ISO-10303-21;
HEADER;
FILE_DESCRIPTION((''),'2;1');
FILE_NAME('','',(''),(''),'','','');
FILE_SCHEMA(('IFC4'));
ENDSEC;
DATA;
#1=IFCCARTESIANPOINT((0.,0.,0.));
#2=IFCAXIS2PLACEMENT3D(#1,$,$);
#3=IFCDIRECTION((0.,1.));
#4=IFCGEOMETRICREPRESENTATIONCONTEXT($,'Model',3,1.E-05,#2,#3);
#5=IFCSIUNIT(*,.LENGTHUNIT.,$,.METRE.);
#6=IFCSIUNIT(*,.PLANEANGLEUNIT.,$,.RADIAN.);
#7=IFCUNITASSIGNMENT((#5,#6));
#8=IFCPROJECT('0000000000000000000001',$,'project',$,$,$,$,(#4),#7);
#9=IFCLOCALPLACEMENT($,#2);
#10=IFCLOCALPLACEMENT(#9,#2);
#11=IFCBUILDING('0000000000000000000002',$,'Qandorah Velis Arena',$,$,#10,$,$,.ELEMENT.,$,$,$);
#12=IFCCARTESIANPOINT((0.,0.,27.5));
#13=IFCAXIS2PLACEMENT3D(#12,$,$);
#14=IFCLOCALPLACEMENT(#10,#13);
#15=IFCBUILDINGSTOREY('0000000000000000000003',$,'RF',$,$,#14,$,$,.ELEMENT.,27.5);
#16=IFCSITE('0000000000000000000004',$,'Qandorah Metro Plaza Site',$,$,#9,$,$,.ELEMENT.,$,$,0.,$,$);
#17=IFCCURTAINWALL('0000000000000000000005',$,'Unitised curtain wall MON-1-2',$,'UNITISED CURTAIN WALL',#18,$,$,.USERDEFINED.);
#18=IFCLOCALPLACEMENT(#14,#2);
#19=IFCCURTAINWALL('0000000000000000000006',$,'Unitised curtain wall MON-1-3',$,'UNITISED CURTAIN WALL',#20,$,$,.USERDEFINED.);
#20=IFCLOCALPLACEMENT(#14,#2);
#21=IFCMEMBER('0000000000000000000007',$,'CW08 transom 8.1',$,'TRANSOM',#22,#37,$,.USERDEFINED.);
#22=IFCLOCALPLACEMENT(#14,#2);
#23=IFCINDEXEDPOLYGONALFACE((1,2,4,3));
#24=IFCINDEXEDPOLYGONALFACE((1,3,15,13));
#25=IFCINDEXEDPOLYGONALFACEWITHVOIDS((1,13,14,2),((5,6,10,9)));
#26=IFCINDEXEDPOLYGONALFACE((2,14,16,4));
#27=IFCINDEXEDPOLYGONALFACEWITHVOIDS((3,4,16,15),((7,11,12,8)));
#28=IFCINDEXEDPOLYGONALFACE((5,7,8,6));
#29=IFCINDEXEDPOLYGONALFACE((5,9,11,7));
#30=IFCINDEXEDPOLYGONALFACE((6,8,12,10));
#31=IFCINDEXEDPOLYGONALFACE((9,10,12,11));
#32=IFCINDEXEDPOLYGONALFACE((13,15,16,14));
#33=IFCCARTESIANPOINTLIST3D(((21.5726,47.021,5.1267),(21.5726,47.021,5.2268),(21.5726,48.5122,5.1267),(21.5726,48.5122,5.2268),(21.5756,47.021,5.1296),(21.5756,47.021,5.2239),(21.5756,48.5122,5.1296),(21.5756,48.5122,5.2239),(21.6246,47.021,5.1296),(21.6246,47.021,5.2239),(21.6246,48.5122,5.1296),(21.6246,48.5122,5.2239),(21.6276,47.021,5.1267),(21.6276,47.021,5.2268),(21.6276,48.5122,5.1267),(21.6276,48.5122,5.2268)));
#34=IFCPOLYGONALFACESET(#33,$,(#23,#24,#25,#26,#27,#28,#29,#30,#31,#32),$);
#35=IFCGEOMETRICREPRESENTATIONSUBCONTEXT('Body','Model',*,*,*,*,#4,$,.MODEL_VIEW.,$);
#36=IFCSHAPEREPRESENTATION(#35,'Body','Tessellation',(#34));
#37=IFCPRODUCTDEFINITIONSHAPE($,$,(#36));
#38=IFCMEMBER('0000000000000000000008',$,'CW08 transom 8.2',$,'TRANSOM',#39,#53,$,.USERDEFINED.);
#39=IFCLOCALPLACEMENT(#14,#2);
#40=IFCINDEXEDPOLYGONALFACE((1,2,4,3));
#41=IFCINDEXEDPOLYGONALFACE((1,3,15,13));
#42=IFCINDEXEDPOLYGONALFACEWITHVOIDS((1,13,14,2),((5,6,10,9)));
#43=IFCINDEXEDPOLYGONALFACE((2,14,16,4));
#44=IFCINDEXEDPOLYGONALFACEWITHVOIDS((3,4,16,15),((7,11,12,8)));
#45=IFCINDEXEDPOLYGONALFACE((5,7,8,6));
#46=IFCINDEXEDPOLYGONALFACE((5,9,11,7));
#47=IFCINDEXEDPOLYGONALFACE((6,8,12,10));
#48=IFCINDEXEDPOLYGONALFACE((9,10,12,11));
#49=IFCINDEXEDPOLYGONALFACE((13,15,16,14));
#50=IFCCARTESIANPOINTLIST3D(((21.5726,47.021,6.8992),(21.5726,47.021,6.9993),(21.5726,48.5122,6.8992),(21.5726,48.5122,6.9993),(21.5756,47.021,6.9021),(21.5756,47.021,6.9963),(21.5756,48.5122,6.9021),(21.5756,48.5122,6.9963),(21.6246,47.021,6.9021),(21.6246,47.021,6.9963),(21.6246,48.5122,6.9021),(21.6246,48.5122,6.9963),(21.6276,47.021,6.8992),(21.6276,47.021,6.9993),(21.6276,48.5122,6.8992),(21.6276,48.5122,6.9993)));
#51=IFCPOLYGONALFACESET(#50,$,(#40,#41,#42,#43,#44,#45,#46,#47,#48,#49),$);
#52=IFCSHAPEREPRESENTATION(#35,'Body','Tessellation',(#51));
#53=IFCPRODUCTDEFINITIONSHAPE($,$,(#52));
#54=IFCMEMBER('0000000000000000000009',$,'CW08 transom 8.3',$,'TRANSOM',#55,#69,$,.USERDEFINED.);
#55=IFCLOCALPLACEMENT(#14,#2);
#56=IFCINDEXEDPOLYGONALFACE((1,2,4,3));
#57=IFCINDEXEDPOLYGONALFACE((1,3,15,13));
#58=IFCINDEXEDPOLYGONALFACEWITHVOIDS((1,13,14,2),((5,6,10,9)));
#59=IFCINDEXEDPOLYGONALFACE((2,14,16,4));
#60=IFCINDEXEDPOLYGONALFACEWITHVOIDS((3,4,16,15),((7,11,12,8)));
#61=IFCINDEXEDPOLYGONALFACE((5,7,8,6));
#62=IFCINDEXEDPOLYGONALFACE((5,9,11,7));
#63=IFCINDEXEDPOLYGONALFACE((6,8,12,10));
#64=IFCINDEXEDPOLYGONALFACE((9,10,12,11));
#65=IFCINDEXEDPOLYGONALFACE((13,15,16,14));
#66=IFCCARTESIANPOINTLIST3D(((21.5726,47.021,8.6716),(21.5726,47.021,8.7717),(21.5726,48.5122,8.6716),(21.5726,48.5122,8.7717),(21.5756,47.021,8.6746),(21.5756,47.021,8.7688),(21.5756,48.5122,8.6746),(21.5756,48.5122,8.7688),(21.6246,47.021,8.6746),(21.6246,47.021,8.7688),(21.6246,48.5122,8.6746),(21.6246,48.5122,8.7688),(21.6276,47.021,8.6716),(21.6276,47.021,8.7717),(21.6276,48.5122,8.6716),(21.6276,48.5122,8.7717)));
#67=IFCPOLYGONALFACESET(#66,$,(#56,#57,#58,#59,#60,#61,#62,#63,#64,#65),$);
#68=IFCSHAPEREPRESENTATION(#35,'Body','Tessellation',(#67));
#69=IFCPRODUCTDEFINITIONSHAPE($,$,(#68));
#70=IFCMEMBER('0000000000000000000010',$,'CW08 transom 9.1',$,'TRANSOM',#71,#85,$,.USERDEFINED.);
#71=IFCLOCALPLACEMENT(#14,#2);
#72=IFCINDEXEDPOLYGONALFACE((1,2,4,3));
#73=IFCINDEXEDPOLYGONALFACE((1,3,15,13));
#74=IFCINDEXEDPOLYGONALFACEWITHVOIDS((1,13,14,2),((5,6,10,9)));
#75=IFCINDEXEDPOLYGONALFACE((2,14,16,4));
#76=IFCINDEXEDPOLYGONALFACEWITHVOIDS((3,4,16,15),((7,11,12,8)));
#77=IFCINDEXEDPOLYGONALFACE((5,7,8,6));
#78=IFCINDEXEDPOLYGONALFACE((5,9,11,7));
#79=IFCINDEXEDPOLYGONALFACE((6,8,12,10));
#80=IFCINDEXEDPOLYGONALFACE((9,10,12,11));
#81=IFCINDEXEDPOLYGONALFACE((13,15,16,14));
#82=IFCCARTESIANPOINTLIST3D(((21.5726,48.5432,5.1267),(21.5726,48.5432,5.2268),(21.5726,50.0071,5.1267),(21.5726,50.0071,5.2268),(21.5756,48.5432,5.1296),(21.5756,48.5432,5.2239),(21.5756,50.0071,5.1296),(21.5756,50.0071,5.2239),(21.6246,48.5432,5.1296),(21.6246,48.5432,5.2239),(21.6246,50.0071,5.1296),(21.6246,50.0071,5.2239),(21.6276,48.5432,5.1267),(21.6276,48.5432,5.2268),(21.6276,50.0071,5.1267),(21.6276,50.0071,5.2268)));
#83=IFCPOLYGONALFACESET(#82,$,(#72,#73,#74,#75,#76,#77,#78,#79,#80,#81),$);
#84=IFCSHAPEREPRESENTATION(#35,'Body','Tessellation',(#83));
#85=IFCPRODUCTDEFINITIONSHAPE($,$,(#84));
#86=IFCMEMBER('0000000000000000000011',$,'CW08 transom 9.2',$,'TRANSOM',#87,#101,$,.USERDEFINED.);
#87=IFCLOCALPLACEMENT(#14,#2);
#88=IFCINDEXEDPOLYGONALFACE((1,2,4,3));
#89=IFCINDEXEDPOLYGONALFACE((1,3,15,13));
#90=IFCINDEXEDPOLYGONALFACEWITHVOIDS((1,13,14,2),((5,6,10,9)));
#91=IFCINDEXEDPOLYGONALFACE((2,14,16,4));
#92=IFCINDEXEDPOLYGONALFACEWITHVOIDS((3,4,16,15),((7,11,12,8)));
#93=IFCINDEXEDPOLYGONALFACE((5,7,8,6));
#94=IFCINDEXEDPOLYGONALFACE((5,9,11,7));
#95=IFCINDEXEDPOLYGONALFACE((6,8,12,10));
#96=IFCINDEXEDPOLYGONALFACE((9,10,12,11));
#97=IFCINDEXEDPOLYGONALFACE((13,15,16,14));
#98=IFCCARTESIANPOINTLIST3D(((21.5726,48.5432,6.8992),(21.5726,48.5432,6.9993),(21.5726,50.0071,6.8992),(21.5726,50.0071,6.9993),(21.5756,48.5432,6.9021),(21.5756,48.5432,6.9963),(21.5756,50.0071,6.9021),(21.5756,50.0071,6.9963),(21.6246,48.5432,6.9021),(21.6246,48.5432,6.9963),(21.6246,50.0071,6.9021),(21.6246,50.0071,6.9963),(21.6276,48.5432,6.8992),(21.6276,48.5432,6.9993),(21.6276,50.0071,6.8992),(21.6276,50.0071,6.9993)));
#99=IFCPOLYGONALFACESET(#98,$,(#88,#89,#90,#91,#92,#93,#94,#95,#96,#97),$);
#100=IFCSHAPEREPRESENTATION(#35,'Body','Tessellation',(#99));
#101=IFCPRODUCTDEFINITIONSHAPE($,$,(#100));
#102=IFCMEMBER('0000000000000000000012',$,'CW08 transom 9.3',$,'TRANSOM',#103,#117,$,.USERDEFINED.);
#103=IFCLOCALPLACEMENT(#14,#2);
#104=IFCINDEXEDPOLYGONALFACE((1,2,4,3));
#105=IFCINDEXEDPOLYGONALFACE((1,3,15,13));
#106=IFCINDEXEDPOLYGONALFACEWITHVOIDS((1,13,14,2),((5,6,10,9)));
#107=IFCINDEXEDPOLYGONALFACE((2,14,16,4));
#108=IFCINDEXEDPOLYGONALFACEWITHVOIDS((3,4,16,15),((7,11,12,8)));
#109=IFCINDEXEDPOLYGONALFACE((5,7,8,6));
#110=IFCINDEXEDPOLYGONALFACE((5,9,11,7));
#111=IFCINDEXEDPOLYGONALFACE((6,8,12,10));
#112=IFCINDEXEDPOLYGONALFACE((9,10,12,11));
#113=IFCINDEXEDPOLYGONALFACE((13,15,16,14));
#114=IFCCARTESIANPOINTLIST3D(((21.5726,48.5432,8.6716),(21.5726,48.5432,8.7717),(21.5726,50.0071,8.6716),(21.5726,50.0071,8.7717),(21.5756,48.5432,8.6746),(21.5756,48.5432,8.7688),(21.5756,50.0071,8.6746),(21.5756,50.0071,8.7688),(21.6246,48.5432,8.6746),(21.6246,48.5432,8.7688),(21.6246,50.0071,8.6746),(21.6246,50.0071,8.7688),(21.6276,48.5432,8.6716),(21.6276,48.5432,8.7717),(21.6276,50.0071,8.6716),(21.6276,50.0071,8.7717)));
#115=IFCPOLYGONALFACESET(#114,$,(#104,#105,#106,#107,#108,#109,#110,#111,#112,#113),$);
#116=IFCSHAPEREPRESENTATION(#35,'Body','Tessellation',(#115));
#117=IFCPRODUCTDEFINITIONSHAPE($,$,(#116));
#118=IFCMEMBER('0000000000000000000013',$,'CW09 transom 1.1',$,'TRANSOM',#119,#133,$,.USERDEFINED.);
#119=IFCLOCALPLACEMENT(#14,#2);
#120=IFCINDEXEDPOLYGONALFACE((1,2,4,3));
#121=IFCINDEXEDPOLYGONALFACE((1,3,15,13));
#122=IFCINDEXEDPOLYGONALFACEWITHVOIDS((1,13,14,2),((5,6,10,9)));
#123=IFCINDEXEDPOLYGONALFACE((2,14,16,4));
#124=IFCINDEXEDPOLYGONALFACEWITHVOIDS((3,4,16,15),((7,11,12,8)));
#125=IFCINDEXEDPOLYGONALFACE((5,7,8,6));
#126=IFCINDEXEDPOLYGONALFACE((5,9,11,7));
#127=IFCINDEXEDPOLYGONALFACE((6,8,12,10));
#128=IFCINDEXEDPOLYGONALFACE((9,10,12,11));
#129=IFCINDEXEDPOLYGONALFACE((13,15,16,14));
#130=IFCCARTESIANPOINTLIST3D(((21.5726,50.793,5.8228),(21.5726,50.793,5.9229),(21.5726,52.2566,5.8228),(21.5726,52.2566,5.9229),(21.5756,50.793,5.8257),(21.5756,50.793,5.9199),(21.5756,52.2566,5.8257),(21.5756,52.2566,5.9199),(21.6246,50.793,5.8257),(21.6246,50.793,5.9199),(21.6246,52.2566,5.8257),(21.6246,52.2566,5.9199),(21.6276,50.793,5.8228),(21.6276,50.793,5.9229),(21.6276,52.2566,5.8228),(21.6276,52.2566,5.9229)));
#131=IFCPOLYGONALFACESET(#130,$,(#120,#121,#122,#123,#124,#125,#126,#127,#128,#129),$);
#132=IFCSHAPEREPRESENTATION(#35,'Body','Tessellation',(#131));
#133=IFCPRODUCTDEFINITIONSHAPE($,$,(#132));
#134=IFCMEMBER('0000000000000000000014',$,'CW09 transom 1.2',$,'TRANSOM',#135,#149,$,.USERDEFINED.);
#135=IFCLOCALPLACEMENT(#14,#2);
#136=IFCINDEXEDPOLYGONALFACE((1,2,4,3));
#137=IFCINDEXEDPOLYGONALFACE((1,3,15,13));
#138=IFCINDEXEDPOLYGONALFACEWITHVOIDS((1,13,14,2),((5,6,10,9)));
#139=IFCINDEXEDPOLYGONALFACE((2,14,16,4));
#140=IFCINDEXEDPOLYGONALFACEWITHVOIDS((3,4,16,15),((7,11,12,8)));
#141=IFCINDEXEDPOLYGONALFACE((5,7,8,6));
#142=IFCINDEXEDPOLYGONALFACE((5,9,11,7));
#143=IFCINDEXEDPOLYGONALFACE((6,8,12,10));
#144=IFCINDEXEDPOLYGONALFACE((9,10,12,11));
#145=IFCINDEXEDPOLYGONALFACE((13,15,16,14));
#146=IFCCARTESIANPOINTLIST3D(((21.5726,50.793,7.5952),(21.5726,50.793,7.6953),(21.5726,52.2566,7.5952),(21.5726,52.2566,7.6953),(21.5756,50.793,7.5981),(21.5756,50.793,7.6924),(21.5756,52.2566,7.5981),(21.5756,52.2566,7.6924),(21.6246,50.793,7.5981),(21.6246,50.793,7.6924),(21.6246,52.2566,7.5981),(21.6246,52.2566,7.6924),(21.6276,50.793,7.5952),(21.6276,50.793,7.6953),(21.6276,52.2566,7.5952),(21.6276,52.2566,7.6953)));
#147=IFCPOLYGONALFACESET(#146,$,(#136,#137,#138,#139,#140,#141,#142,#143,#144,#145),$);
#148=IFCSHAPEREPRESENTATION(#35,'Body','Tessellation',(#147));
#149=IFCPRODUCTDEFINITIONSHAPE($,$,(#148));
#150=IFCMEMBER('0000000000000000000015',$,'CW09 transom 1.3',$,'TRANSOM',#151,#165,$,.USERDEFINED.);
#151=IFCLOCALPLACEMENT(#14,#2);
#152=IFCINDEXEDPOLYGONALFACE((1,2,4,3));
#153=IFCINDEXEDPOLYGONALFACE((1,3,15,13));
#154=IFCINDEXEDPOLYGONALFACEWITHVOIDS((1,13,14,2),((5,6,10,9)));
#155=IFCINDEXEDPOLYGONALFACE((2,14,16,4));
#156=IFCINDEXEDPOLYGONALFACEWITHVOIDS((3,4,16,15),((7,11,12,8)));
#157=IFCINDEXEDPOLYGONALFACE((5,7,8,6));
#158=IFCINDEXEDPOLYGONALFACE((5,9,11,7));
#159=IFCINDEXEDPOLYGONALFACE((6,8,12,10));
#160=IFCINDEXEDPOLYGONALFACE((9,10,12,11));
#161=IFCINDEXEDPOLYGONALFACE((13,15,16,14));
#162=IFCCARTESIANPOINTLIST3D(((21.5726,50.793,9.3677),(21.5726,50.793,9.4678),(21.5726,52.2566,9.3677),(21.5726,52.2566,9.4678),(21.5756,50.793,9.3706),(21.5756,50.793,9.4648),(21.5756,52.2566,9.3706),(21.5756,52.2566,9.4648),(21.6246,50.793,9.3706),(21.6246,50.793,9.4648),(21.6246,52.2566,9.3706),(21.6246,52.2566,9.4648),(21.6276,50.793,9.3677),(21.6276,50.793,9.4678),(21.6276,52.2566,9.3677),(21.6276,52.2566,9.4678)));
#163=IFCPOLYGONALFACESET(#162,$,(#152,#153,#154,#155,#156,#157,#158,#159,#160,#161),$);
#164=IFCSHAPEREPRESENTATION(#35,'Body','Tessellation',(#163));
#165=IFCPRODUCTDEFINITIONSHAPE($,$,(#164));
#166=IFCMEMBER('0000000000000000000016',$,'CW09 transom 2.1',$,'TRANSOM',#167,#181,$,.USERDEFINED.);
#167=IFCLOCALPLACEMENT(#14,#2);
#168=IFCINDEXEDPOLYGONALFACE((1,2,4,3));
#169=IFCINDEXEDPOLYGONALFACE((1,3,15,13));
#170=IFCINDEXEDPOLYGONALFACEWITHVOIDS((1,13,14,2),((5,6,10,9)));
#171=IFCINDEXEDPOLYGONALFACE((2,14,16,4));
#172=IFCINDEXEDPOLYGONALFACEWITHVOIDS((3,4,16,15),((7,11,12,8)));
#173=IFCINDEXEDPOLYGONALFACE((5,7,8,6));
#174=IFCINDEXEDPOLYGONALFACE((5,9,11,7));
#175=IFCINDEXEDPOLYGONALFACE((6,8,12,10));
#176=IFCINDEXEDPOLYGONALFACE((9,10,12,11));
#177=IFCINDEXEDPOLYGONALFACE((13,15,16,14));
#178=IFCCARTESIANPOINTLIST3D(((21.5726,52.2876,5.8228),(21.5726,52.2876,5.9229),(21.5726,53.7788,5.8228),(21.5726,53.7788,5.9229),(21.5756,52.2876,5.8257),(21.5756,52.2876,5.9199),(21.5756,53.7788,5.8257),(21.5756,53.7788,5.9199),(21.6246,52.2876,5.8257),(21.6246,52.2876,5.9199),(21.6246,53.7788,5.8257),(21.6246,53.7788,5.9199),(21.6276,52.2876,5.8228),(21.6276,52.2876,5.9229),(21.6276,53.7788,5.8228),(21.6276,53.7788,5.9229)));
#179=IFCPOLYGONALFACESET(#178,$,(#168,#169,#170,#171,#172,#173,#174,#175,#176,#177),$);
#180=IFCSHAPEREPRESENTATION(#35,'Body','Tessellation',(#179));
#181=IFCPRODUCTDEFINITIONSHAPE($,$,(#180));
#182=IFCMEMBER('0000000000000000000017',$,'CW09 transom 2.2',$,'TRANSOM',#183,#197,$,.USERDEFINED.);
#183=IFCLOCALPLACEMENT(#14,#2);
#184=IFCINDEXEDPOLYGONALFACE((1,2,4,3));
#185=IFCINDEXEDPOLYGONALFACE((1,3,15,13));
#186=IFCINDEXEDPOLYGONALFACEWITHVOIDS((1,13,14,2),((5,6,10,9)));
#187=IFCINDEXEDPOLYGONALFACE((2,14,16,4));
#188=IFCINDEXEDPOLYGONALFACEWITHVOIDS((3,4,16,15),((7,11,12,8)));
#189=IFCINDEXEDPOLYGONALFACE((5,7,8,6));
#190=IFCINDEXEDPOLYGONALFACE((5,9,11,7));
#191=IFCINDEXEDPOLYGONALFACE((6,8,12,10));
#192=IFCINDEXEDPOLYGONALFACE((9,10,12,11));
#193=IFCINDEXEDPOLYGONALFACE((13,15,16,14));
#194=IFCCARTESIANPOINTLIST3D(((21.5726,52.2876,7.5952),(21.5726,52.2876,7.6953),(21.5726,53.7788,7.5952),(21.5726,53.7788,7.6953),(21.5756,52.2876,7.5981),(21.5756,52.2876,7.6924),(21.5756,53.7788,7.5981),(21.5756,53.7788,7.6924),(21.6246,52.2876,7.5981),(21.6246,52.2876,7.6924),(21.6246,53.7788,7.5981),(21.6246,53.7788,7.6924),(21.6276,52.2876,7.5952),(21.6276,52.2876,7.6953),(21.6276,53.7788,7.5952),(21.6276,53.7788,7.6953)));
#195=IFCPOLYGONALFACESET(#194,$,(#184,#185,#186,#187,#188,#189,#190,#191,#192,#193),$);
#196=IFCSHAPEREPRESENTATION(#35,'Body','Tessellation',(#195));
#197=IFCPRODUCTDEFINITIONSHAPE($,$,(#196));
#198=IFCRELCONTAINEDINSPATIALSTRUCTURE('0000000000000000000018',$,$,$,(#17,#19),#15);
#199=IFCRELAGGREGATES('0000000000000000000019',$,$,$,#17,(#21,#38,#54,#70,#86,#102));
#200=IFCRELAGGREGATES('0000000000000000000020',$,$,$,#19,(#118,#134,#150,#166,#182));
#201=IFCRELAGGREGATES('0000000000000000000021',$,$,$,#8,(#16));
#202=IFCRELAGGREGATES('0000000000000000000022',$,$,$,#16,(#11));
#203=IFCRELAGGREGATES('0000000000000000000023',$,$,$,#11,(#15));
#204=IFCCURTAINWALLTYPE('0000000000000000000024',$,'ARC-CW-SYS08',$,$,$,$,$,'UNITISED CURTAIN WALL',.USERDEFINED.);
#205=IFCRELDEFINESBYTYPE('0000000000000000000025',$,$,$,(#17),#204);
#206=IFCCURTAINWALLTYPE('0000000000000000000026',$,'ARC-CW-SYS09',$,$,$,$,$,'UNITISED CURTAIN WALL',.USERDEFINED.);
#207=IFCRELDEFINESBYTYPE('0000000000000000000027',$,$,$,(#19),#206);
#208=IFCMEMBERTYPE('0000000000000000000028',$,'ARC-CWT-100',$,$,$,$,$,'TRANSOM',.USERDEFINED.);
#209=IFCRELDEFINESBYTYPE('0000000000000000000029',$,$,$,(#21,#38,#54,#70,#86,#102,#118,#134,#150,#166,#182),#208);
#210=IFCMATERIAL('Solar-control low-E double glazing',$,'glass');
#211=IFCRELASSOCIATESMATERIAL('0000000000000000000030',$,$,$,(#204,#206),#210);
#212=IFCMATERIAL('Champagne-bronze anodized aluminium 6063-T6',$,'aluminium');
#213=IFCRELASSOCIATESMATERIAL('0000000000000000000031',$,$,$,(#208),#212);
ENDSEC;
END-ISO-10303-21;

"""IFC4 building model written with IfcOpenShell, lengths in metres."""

from ifc_helpers import new_model, si_unit, direction, frame, origin, origin_2d, place, context, subcontext, project, spatial, hollow_rectangle, extrude, material, material_profile, profile_set, type_object, element, aggregate, save


model = new_model("IFC4")

# Units and contexts
model_context = context("Model", 3, precision=1e-05, world=origin(), true_north=direction((0.0, 1.0)))
body_context = subcontext(model_context, "Body", "Model", "MODEL_VIEW")
ifc_project = project(units=[si_unit("LENGTHUNIT", "METRE"), si_unit("PLANEANGLEUNIT", "RADIAN")], contexts=[model_context])

# Site, building, storey
site_placement = place(None, origin())
site = spatial("IfcSite", under=ifc_project, at=site_placement, Name="Qandorah Metro Plaza Site", CompositionType="ELEMENT", RefElevation=0.0)
building_placement = place(site_placement, origin())
building = spatial("IfcBuilding", under=site, at=building_placement, Name="Qandorah Velis Arena", CompositionType="ELEMENT")
storey_placement = place(building_placement, frame((0.0, 0.0, 27.5)))
storey = spatial("IfcBuildingStorey", under=building, at=storey_placement, Name="RF", CompositionType="ELEMENT", Elevation=27.5)

# Curtain walls
ifc_material_1 = material(Name="Solar-control low-E double glazing", Category="glass")
curtain_wall_type_1 = type_object("IfcCurtainWallType", Name="ARC-CW-SYS08", ElementType="UNITISED CURTAIN WALL", PredefinedType="USERDEFINED", material=ifc_material_1)
curtain_wall_1_placement = place(storey_placement, origin())
curtain_wall_1 = element("IfcCurtainWall", 1, at=curtain_wall_1_placement, inside=storey, type_object=curtain_wall_type_1, Name="Unitised curtain wall MON-1-2", ObjectType="UNITISED CURTAIN WALL", PredefinedType="USERDEFINED")
ifc_material_2 = material(Name="Champagne-bronze anodized aluminium 6063-T6", Category="aluminium")
curtain_wall_type_2 = type_object("IfcCurtainWallType", Name="ARC-CW-SYS09", ElementType="UNITISED CURTAIN WALL", PredefinedType="USERDEFINED", material=ifc_material_1)
curtain_wall_2_placement = place(storey_placement, origin())
curtain_wall_2 = element("IfcCurtainWall", 2, at=curtain_wall_2_placement, inside=storey, type_object=curtain_wall_type_2, Name="Unitised curtain wall MON-1-3", ObjectType="UNITISED CURTAIN WALL", PredefinedType="USERDEFINED")

# Members
ifc_material_profile_1 = material_profile(ifc_material_2, hollow_rectangle(XDim=0.0549, YDim=0.1001, WallThickness=0.0029, at=origin_2d()), Name="ALU TRANSOM 55x100")
ifc_profile_set_1 = profile_set([ifc_material_profile_1], Name="Champagne-bronze anodized aluminium 6063-T6")
member_type_1 = type_object("IfcMemberType", Name="ARC-CWT-100", ElementType="TRANSOM", PredefinedType="USERDEFINED", material=ifc_profile_set_1)
member_1_placement = place(storey_placement, frame((21.6001, 47.021, 5.1768), z_axis=(0.0, 1.0, 0.0), x_axis=(-1.0, 0.0, 0.0)))
member_1 = element("IfcMember", 3, at=member_1_placement, type_object=member_type_1, Name="CW08 transom 8.1", ObjectType="TRANSOM", PredefinedType="USERDEFINED", context=body_context, shape_type="SweptSolid", body=[
    extrude(hollow_rectangle(XDim=0.0549, YDim=0.1001, WallThickness=0.0029, at=origin_2d()), origin(), (0.0, 0.0, 1.0), 1.4912),
])
member_2_placement = place(storey_placement, frame((21.6001, 47.021, 6.9492), z_axis=(0.0, 1.0, 0.0), x_axis=(-1.0, 0.0, 0.0)))
member_2 = element("IfcMember", 4, at=member_2_placement, type_object=member_type_1, Name="CW08 transom 8.2", ObjectType="TRANSOM", PredefinedType="USERDEFINED", context=body_context, shape_type="SweptSolid", body=[
    extrude(hollow_rectangle(XDim=0.0549, YDim=0.1001, WallThickness=0.0029, at=origin_2d()), origin(), (0.0, 0.0, 1.0), 1.4912),
])
member_3_placement = place(storey_placement, frame((21.6001, 47.021, 8.7217), z_axis=(0.0, 1.0, 0.0), x_axis=(-1.0, 0.0, 0.0)))
member_3 = element("IfcMember", 5, at=member_3_placement, type_object=member_type_1, Name="CW08 transom 8.3", ObjectType="TRANSOM", PredefinedType="USERDEFINED", context=body_context, shape_type="SweptSolid", body=[
    extrude(hollow_rectangle(XDim=0.0549, YDim=0.1001, WallThickness=0.0029, at=origin_2d()), origin(), (0.0, 0.0, 1.0), 1.4912),
])
member_4_placement = place(storey_placement, frame((21.6001, 48.5432, 5.1768), z_axis=(0.0, 1.0, 0.0), x_axis=(-1.0, 0.0, 0.0)))
member_4 = element("IfcMember", 6, at=member_4_placement, type_object=member_type_1, Name="CW08 transom 9.1", ObjectType="TRANSOM", PredefinedType="USERDEFINED", context=body_context, shape_type="SweptSolid", body=[
    extrude(hollow_rectangle(XDim=0.0549, YDim=0.1001, WallThickness=0.0029, at=origin_2d()), origin(), (0.0, 0.0, 1.0), 1.4639),
])
member_5_placement = place(storey_placement, frame((21.6001, 48.5432, 6.9492), z_axis=(0.0, 1.0, 0.0), x_axis=(-1.0, 0.0, 0.0)))
member_5 = element("IfcMember", 7, at=member_5_placement, type_object=member_type_1, Name="CW08 transom 9.2", ObjectType="TRANSOM", PredefinedType="USERDEFINED", context=body_context, shape_type="SweptSolid", body=[
    extrude(hollow_rectangle(XDim=0.0549, YDim=0.1001, WallThickness=0.0029, at=origin_2d()), origin(), (0.0, 0.0, 1.0), 1.4639),
])
member_6_placement = place(storey_placement, frame((21.6001, 48.5432, 8.7217), z_axis=(0.0, 1.0, 0.0), x_axis=(-1.0, 0.0, 0.0)))
member_6 = element("IfcMember", 8, at=member_6_placement, type_object=member_type_1, Name="CW08 transom 9.3", ObjectType="TRANSOM", PredefinedType="USERDEFINED", context=body_context, shape_type="SweptSolid", body=[
    extrude(hollow_rectangle(XDim=0.0549, YDim=0.1001, WallThickness=0.0029, at=origin_2d()), origin(), (0.0, 0.0, 1.0), 1.4639),
])
member_7_placement = place(storey_placement, frame((21.6001, 50.793, 5.8728), z_axis=(0.0, 1.0, 0.0), x_axis=(-1.0, 0.0, 0.0)))
member_7 = element("IfcMember", 9, at=member_7_placement, type_object=member_type_1, Name="CW09 transom 1.1", ObjectType="TRANSOM", PredefinedType="USERDEFINED", context=body_context, shape_type="SweptSolid", body=[
    extrude(hollow_rectangle(XDim=0.0549, YDim=0.1001, WallThickness=0.0029, at=origin_2d()), origin(), (0.0, 0.0, 1.0), 1.4636),
])
member_8_placement = place(storey_placement, frame((21.6001, 50.793, 7.6453), z_axis=(0.0, 1.0, 0.0), x_axis=(-1.0, 0.0, 0.0)))
member_8 = element("IfcMember", 10, at=member_8_placement, type_object=member_type_1, Name="CW09 transom 1.2", ObjectType="TRANSOM", PredefinedType="USERDEFINED", context=body_context, shape_type="SweptSolid", body=[
    extrude(hollow_rectangle(XDim=0.0549, YDim=0.1001, WallThickness=0.0029, at=origin_2d()), origin(), (0.0, 0.0, 1.0), 1.4636),
])
member_9_placement = place(storey_placement, frame((21.6001, 50.793, 9.4177), z_axis=(0.0, 1.0, 0.0), x_axis=(-1.0, 0.0, 0.0)))
member_9 = element("IfcMember", 11, at=member_9_placement, type_object=member_type_1, Name="CW09 transom 1.3", ObjectType="TRANSOM", PredefinedType="USERDEFINED", context=body_context, shape_type="SweptSolid", body=[
    extrude(hollow_rectangle(XDim=0.0549, YDim=0.1001, WallThickness=0.0029, at=origin_2d()), origin(), (0.0, 0.0, 1.0), 1.4636),
])
member_10_placement = place(storey_placement, frame((21.6001, 52.2876, 5.8728), z_axis=(0.0, 1.0, 0.0), x_axis=(-1.0, 0.0, 0.0)))
member_10 = element("IfcMember", 12, at=member_10_placement, type_object=member_type_1, Name="CW09 transom 2.1", ObjectType="TRANSOM", PredefinedType="USERDEFINED", context=body_context, shape_type="SweptSolid", body=[
    extrude(hollow_rectangle(XDim=0.0549, YDim=0.1001, WallThickness=0.0029, at=origin_2d()), origin(), (0.0, 0.0, 1.0), 1.4912),
])
member_11_placement = place(storey_placement, frame((21.6001, 52.2876, 7.6453), z_axis=(0.0, 1.0, 0.0), x_axis=(-1.0, 0.0, 0.0)))
member_11 = element("IfcMember", 13, at=member_11_placement, type_object=member_type_1, Name="CW09 transom 2.2", ObjectType="TRANSOM", PredefinedType="USERDEFINED", context=body_context, shape_type="SweptSolid", body=[
    extrude(hollow_rectangle(XDim=0.0549, YDim=0.1001, WallThickness=0.0029, at=origin_2d()), origin(), (0.0, 0.0, 1.0), 1.4912),
])

aggregate(curtain_wall_1, [member_1, member_2, member_3, member_4, member_5, member_6])
aggregate(curtain_wall_2, [member_7, member_8, member_9, member_10, member_11])

save(model, "model.ifc")
